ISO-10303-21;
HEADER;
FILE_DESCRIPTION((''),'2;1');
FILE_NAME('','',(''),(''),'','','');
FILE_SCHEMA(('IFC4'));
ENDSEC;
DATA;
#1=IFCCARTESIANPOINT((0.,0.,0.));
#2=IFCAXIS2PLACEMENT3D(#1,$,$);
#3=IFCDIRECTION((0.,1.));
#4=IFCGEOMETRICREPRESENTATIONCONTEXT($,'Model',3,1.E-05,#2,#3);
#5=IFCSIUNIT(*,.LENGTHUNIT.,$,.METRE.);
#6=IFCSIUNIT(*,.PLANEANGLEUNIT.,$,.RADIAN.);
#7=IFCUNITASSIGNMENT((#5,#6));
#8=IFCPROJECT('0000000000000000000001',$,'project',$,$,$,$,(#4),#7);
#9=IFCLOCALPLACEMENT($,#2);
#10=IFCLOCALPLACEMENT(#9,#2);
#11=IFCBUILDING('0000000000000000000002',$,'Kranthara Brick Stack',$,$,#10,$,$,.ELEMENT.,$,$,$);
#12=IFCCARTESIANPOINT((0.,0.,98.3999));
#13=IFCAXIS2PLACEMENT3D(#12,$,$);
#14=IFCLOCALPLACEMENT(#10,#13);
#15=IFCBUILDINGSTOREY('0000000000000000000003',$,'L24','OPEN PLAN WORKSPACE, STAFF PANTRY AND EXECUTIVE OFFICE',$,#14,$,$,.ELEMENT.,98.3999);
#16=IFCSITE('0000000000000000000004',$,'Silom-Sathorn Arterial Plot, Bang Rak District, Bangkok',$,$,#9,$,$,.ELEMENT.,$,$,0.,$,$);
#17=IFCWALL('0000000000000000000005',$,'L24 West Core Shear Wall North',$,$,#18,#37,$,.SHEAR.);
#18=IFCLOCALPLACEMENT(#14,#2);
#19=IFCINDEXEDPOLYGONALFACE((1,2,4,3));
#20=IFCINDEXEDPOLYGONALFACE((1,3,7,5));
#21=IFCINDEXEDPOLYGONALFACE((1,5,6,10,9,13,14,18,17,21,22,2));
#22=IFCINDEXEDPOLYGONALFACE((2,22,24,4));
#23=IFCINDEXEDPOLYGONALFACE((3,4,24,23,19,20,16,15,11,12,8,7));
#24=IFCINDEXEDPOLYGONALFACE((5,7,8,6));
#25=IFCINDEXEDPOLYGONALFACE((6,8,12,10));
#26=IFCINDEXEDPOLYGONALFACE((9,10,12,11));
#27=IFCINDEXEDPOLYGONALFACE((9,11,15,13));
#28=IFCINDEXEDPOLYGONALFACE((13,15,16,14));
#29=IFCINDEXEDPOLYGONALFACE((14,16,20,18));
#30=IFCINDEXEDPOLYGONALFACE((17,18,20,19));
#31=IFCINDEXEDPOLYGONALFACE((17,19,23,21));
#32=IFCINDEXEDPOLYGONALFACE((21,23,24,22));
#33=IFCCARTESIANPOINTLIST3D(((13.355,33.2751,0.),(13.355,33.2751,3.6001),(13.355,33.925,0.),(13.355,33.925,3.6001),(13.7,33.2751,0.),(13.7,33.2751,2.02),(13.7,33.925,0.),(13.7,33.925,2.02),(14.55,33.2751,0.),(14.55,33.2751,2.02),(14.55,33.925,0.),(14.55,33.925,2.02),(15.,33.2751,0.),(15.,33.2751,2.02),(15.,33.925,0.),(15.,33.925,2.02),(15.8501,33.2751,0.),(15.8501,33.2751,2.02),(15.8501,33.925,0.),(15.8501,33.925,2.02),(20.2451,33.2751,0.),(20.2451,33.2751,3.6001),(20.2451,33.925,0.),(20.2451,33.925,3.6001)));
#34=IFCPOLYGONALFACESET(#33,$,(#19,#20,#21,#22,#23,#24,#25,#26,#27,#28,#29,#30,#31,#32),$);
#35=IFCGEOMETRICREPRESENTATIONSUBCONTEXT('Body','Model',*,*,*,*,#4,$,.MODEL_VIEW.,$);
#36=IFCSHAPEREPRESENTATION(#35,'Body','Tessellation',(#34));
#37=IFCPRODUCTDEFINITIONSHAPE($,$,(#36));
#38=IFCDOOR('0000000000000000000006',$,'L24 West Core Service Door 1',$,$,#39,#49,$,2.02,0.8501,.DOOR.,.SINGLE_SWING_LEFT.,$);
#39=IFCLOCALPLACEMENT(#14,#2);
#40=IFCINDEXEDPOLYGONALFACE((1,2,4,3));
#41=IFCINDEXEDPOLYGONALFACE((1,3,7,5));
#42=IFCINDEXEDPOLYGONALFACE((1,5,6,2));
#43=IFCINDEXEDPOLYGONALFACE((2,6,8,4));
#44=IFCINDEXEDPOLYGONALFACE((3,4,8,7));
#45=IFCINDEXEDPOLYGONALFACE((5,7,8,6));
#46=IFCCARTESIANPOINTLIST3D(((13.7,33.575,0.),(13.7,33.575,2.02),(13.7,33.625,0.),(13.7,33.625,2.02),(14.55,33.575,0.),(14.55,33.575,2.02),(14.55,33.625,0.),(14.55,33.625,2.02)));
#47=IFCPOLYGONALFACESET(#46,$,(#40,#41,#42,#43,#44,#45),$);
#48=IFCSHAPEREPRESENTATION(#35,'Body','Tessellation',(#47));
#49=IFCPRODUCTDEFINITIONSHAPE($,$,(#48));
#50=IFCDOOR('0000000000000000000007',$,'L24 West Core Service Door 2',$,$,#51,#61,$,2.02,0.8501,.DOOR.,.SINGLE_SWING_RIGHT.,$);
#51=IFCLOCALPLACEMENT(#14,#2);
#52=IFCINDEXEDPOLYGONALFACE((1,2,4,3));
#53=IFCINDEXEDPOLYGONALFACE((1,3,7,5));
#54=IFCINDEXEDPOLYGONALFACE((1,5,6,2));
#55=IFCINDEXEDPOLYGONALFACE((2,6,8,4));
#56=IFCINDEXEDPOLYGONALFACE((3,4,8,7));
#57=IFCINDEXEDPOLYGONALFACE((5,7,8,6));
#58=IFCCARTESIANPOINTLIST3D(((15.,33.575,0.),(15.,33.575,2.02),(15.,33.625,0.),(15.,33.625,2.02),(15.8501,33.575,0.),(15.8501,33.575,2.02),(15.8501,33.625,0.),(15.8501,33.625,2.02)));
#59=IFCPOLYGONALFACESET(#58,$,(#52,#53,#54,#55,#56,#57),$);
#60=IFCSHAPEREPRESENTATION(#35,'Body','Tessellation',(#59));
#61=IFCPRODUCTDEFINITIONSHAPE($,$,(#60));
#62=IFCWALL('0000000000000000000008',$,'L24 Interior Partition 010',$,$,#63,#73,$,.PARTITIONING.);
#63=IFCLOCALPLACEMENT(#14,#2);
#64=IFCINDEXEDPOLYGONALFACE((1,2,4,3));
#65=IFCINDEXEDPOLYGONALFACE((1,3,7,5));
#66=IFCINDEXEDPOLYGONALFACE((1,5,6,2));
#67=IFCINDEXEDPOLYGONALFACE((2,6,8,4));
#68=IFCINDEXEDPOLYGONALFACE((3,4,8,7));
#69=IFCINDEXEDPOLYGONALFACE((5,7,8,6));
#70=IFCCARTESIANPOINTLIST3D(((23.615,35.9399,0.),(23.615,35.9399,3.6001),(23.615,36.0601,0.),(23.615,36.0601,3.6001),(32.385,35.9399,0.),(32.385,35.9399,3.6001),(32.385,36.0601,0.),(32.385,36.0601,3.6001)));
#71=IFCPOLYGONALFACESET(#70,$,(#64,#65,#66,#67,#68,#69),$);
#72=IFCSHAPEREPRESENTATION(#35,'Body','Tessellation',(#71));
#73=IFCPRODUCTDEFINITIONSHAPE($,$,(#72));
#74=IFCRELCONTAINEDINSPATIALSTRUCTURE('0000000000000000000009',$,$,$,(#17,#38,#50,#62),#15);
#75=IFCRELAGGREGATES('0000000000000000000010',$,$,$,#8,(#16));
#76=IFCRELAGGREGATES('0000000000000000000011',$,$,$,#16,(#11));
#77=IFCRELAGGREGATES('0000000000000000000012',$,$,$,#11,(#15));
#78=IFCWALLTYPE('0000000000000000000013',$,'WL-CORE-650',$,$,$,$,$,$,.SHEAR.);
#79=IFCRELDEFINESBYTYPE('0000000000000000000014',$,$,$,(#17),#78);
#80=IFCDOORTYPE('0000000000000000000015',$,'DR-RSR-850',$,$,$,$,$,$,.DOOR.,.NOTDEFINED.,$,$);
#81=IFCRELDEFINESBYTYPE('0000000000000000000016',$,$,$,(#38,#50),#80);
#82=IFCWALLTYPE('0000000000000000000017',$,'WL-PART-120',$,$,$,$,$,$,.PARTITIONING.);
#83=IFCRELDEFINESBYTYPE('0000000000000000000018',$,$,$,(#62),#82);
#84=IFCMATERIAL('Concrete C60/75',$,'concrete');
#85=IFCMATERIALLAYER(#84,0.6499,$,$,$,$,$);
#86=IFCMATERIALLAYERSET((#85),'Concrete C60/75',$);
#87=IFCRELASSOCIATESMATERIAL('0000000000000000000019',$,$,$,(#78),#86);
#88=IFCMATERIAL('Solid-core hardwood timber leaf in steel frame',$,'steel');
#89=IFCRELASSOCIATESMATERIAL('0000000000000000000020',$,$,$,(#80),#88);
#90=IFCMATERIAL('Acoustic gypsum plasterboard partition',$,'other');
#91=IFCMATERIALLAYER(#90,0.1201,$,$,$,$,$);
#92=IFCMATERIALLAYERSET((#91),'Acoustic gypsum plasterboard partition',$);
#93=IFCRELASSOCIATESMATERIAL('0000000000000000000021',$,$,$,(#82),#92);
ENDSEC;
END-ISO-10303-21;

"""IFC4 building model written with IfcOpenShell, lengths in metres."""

from ifc_helpers import new_model, si_unit, direction, frame, frame_2d, origin, place, context, subcontext, project, spatial, rectangle, extrude, material, layer, layer_set, type_object, element, fill, save


model = new_model("IFC4")

# Units and contexts
model_context = context("Model", 3, precision=1e-05, world=origin(), true_north=direction((0.0, 1.0)))
body_context = subcontext(model_context, "Body", "Model", "MODEL_VIEW")
ifc_project = project(units=[si_unit("LENGTHUNIT", "METRE"), si_unit("PLANEANGLEUNIT", "RADIAN")], contexts=[model_context])

# Site, building, storey
site_placement = place(None, origin())
site = spatial("IfcSite", under=ifc_project, at=site_placement, Name="Silom-Sathorn Arterial Plot, Bang Rak District, Bangkok", CompositionType="ELEMENT", RefElevation=0.0)
building_placement = place(site_placement, origin())
building = spatial("IfcBuilding", under=site, at=building_placement, Name="Kranthara Brick Stack", CompositionType="ELEMENT")
storey_placement = place(building_placement, frame((0.0, 0.0, 98.3999)))
storey = spatial("IfcBuildingStorey", under=building, at=storey_placement, Name="L24", Description="OPEN PLAN WORKSPACE, STAFF PANTRY AND EXECUTIVE OFFICE", CompositionType="ELEMENT", Elevation=98.3999)

# Wall, openings, doors
ifc_material_1 = material(Name="Concrete C60/75", Category="concrete")
ifc_layer_1 = layer(ifc_material_1, 0.6499)
ifc_layer_set_1 = layer_set([ifc_layer_1], Name="Concrete C60/75")
wall_type_1 = type_object("IfcWallType", Name="WL-CORE-650", PredefinedType="SHEAR", material=ifc_layer_set_1)
wall_1_placement = place(storey_placement, frame((13.355, 33.6001, 0.0), z_axis=(0.0, 0.0, 1.0), x_axis=(1.0, 0.0, 0.0)))
wall_1 = element("IfcWall", 1, at=wall_1_placement, inside=storey, type_object=wall_type_1, Name="L24 West Core Shear Wall North", PredefinedType="SHEAR", context=body_context, shape_type="SweptSolid", body=[
    extrude(rectangle(XDim=6.8901, YDim=0.6499, at=frame_2d((3.4451, 0.0))), origin(), (0.0, 0.0, 1.0), 3.6001),
])
opening_1_placement = place(wall_1_placement, frame((0.345, 0.0, 0.0)))
opening_1 = element("IfcOpeningElement", 2, at=opening_1_placement, cuts=wall_1, PredefinedType="OPENING", context=body_context, shape_type="SweptSolid", body=[
    extrude(rectangle(XDim=0.8501, YDim=2.02, at=frame_2d((0.425, 1.01))), frame((0.0, 0.335, 0.0), z_axis=(0.0, -1.0, 0.0), x_axis=(1.0, 0.0, 0.0)), (0.0, 0.0, 1.0), 0.6699),
])
opening_2_placement = place(wall_1_placement, frame((1.645, 0.0, 0.0)))
opening_2 = element("IfcOpeningElement", 3, at=opening_2_placement, cuts=wall_1, PredefinedType="OPENING", context=body_context, shape_type="SweptSolid", body=[
    extrude(rectangle(XDim=0.8501, YDim=2.02, at=frame_2d((0.425, 1.01))), frame((0.0, 0.335, 0.0), z_axis=(0.0, -1.0, 0.0), x_axis=(1.0, 0.0, 0.0)), (0.0, 0.0, 1.0), 0.6699),
])
ifc_material_2 = material(Name="Solid-core hardwood timber leaf in steel frame", Category="steel")
door_type = type_object("IfcDoorType", Name="DR-RSR-850", OperationType="NOTDEFINED", PredefinedType="DOOR", material=ifc_material_2)
door_1_placement = place(opening_1_placement, origin())
door_1 = element("IfcDoor", 4, at=door_1_placement, inside=storey, type_object=door_type, Name="L24 West Core Service Door 1", OperationType="SINGLE_SWING_LEFT", OverallHeight=2.02, OverallWidth=0.8501, PredefinedType="DOOR", context=body_context, shape_type="SweptSolid", body=[
    extrude(rectangle(XDim=0.8501, YDim=2.02, at=frame_2d((0.425, 1.01))), frame((0.0, 0.0249, 0.0), z_axis=(0.0, -1.0, 0.0), x_axis=(1.0, 0.0, 0.0)), (0.0, 0.0, 1.0), 0.05),
])
fill(opening_1, door_1)
door_2_placement = place(opening_2_placement, origin())
door_2 = element("IfcDoor", 5, at=door_2_placement, inside=storey, type_object=door_type, Name="L24 West Core Service Door 2", OperationType="SINGLE_SWING_RIGHT", OverallHeight=2.02, OverallWidth=0.8501, PredefinedType="DOOR", context=body_context, shape_type="SweptSolid", body=[
    extrude(rectangle(XDim=0.8501, YDim=2.02, at=frame_2d((0.425, 1.01))), frame((0.0, 0.0249, 0.0), z_axis=(0.0, -1.0, 0.0), x_axis=(1.0, 0.0, 0.0)), (0.0, 0.0, 1.0), 0.05),
])
fill(opening_2, door_2)

# Wall
ifc_material_3 = material(Name="Acoustic gypsum plasterboard partition", Category="other")
ifc_layer_2 = layer(ifc_material_3, 0.1201)
ifc_layer_set_2 = layer_set([ifc_layer_2], Name="Acoustic gypsum plasterboard partition")
wall_type_2 = type_object("IfcWallType", Name="WL-PART-120", PredefinedType="PARTITIONING", material=ifc_layer_set_2)
wall_2_placement = place(storey_placement, frame((23.615, 36.0, 0.0), z_axis=(0.0, 0.0, 1.0), x_axis=(1.0, 0.0, 0.0)))
element("IfcWall", 6, at=wall_2_placement, inside=storey, type_object=wall_type_2, Name="L24 Interior Partition 010", PredefinedType="PARTITIONING", context=body_context, shape_type="SweptSolid", body=[
    extrude(rectangle(XDim=8.77, YDim=0.1201, at=frame_2d((4.385, 0.0))), origin(), (0.0, 0.0, 1.0), 3.6001),
])

save(model, "model.ifc")
